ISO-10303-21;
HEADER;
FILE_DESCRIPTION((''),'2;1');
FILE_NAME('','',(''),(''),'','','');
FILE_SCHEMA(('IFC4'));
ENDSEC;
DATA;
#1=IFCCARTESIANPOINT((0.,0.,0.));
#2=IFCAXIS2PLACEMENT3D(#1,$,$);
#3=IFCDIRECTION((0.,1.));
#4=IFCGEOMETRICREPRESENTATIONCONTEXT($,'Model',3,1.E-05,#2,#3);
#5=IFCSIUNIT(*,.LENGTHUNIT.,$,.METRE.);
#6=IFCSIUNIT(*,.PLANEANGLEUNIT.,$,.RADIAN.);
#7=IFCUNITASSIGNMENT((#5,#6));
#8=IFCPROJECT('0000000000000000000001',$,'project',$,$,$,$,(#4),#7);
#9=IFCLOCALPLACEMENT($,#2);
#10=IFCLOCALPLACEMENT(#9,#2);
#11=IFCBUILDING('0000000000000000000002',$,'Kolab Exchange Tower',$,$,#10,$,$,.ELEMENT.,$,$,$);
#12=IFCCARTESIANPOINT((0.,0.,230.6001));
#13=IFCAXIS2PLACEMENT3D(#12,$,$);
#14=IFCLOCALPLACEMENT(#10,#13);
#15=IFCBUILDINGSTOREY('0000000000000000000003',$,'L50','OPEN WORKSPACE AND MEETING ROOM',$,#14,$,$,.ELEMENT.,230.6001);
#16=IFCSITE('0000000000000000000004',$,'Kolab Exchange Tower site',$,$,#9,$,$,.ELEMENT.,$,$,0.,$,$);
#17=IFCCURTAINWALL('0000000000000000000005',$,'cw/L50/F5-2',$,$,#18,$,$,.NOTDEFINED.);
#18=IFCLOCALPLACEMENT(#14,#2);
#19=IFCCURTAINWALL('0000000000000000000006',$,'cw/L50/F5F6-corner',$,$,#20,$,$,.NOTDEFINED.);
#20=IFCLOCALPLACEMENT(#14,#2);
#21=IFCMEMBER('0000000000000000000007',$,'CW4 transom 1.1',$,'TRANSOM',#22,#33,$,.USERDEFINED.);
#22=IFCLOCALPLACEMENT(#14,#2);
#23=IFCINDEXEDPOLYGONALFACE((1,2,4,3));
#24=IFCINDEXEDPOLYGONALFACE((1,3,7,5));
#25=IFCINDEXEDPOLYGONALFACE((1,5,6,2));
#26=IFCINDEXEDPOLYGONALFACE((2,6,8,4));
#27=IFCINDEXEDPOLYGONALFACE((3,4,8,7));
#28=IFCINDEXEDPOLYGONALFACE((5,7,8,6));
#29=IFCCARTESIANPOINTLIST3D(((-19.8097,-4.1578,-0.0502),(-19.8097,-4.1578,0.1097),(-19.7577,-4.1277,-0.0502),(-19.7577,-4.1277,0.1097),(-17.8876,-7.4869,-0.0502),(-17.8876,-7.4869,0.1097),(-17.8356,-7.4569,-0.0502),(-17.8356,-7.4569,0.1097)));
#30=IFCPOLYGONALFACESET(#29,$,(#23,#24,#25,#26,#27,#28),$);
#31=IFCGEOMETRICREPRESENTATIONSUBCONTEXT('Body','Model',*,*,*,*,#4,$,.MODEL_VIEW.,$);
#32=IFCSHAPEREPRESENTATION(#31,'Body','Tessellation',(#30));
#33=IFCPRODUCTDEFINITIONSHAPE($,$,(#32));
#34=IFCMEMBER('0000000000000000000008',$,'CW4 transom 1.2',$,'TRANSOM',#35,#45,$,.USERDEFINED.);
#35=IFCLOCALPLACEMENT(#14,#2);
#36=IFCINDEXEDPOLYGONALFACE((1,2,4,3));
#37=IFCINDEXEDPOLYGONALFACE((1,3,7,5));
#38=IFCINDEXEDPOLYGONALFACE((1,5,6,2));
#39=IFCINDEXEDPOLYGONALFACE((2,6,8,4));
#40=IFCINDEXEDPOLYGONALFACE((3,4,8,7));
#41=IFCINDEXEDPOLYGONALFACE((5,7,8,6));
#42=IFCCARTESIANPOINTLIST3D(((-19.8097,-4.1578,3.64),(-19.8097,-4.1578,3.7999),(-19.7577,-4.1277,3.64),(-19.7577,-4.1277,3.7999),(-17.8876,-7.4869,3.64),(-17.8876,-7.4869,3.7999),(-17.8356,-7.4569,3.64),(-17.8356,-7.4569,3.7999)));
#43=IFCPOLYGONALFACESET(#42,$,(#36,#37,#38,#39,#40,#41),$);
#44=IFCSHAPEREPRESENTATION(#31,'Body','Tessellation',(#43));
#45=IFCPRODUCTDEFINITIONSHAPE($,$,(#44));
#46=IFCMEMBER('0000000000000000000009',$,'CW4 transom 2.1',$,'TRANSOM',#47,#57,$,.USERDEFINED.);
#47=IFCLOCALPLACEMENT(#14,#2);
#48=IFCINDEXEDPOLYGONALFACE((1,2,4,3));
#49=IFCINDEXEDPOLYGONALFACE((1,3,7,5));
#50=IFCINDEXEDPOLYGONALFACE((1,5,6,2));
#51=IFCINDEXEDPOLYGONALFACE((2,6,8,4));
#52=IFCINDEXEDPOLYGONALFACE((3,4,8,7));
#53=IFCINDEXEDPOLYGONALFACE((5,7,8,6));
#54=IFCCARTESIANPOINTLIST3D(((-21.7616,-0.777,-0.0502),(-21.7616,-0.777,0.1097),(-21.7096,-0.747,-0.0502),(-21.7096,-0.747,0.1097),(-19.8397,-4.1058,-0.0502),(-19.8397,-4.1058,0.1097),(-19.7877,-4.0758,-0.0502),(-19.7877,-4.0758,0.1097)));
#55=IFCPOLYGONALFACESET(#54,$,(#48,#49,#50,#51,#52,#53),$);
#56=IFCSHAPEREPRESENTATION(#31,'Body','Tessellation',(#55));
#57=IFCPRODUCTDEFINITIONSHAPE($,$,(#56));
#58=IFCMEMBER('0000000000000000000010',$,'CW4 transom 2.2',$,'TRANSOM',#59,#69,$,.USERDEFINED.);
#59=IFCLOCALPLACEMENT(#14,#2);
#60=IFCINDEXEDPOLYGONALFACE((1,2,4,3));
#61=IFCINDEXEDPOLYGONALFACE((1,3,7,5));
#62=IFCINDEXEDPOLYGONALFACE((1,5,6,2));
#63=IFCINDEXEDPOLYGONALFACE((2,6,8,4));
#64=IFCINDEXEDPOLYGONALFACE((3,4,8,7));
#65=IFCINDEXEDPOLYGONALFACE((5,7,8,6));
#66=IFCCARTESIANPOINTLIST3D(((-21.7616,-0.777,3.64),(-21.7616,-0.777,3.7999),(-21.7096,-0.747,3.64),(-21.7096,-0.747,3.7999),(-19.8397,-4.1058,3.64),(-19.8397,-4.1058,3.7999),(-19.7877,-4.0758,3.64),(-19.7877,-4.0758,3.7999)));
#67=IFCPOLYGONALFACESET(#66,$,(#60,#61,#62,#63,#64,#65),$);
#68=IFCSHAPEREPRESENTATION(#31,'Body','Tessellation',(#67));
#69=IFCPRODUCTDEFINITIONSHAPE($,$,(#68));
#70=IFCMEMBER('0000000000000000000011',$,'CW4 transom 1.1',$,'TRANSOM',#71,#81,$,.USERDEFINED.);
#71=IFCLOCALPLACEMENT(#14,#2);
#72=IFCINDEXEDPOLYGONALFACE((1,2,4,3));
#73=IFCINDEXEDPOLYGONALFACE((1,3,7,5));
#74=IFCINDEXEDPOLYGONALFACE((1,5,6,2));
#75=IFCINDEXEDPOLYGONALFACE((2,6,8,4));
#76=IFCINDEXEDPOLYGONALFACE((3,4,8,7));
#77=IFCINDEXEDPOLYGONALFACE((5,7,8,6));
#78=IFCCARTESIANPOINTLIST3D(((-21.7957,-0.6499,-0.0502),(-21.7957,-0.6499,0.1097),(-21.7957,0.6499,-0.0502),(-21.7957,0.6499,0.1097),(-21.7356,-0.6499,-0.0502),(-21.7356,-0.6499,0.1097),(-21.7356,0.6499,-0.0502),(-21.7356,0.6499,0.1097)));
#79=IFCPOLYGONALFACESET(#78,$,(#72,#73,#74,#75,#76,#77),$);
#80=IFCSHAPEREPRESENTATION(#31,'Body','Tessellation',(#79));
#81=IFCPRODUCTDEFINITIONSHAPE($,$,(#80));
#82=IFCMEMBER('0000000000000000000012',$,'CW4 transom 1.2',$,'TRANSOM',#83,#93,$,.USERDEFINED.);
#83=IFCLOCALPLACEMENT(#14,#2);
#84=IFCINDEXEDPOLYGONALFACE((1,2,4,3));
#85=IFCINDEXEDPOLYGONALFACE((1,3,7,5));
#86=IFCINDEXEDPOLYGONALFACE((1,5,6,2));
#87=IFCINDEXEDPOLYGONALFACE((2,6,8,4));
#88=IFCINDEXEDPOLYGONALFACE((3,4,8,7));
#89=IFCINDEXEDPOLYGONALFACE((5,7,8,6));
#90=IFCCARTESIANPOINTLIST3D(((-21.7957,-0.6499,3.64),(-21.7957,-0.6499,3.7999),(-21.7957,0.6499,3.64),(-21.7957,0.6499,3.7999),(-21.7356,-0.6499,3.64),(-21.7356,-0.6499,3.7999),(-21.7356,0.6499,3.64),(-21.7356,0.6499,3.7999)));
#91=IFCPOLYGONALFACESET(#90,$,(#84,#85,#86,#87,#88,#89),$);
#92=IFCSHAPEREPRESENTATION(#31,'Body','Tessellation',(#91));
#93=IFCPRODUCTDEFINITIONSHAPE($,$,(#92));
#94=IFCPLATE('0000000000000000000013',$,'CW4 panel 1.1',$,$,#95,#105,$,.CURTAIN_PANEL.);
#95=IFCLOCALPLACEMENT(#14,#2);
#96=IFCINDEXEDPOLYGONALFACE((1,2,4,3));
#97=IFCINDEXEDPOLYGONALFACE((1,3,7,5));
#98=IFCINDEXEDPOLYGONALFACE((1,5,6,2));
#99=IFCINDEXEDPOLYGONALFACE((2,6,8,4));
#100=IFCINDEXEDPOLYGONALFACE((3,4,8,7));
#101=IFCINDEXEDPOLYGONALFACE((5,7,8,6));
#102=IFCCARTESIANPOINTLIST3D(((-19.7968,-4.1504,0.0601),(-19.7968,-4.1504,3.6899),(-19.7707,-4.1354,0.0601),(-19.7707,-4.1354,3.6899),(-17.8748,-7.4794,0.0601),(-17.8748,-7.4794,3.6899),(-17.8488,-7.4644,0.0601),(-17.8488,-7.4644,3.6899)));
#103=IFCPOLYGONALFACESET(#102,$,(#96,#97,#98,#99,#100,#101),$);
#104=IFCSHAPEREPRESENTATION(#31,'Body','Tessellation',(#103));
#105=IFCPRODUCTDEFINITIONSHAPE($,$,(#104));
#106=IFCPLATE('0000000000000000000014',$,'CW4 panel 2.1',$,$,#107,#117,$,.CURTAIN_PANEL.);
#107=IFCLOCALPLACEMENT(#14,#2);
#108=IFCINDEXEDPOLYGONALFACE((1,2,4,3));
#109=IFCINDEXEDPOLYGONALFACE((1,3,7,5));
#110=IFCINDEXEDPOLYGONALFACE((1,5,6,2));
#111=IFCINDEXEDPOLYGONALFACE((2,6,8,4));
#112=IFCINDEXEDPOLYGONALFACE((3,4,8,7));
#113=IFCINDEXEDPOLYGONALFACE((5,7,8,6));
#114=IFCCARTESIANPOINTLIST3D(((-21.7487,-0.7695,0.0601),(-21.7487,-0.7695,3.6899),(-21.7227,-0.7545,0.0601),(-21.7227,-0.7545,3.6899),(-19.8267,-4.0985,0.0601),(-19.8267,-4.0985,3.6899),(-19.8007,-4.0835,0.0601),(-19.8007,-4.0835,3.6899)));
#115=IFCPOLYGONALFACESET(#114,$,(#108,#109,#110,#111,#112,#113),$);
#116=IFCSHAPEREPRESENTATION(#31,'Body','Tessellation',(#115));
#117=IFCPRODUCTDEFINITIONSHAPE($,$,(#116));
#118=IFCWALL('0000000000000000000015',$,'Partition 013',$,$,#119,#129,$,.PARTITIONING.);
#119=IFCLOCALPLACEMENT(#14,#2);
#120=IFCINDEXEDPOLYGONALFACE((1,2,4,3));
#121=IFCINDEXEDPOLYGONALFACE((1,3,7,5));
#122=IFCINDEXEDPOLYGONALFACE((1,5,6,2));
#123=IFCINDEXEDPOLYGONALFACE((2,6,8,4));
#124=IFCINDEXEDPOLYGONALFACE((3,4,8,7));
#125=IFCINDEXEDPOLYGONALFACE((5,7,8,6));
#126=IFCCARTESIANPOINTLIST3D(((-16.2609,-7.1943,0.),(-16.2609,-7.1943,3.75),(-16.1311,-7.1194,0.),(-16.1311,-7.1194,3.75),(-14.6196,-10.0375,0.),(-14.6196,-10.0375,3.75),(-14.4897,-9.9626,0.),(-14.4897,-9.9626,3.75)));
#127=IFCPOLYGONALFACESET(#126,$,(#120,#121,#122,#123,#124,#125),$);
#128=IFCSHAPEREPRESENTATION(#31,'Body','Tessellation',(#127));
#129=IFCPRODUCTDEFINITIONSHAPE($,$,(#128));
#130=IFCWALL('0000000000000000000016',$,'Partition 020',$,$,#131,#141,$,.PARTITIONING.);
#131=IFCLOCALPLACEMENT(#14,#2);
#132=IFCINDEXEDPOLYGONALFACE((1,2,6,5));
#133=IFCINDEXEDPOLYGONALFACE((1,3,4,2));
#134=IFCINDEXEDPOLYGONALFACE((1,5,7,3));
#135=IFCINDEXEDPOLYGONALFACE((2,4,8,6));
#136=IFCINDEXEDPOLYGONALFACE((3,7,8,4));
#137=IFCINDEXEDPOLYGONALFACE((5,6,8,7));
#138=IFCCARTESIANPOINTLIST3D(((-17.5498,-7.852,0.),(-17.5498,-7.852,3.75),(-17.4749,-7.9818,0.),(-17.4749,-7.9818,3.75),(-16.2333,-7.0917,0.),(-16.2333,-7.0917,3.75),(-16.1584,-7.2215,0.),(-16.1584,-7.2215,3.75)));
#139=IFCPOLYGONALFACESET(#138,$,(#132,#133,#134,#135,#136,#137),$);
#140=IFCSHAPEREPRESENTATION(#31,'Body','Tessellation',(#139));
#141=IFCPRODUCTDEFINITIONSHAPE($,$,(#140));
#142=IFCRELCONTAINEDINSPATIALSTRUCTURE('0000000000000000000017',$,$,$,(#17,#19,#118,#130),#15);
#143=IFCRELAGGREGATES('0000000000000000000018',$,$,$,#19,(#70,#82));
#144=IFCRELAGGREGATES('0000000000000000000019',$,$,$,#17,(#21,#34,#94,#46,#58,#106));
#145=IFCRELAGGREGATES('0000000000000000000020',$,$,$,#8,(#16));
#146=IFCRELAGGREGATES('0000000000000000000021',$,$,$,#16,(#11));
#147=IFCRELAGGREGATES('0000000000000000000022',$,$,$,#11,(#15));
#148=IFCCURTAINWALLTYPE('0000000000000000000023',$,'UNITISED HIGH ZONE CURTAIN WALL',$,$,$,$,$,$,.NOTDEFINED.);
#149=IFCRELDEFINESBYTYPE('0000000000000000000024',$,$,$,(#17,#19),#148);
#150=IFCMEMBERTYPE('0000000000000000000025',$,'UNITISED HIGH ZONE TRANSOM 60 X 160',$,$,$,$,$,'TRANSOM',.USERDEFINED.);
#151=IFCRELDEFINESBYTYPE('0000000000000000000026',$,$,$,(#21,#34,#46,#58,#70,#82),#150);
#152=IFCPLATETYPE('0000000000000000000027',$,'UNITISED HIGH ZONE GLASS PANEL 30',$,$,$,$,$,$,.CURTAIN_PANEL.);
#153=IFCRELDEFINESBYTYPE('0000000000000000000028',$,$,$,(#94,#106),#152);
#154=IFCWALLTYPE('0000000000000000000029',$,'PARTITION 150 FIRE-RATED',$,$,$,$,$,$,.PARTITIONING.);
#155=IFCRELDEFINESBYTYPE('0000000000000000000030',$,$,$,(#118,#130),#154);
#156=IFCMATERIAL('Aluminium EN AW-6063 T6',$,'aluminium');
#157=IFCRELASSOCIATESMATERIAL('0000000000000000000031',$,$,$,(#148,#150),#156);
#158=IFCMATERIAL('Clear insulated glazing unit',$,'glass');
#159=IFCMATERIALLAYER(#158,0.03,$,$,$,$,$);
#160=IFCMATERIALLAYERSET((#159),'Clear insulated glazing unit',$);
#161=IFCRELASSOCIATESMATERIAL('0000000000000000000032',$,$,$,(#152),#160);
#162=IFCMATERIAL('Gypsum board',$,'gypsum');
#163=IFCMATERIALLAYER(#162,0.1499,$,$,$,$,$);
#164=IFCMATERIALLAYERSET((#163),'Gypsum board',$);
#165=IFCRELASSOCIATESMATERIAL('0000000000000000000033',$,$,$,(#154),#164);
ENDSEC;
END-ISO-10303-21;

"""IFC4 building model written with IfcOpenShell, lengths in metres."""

from ifc_helpers import new_model, si_unit, direction, frame, frame_2d, origin, origin_2d, place, context, subcontext, project, spatial, rectangle, extrude, material, layer, layer_set, material_profile, profile_set, type_object, element, aggregate, save


model = new_model("IFC4")

# Units and contexts
model_context = context("Model", 3, precision=1e-05, world=origin(), true_north=direction((0.0, 1.0)))
body_context = subcontext(model_context, "Body", "Model", "MODEL_VIEW")
ifc_project = project(units=[si_unit("LENGTHUNIT", "METRE"), si_unit("PLANEANGLEUNIT", "RADIAN")], contexts=[model_context])

# Site, building, storey
site_placement = place(None, origin())
site = spatial("IfcSite", under=ifc_project, at=site_placement, Name="Kolab Exchange Tower site", CompositionType="ELEMENT", RefElevation=0.0)
building_placement = place(site_placement, origin())
building = spatial("IfcBuilding", under=site, at=building_placement, Name="Kolab Exchange Tower", CompositionType="ELEMENT")
storey_placement = place(building_placement, frame((0.0, 0.0, 230.6001)))
storey = spatial("IfcBuildingStorey", under=building, at=storey_placement, Name="L50", Description="OPEN WORKSPACE AND MEETING ROOM", CompositionType="ELEMENT", Elevation=230.6001)

# Curtain wall
ifc_material_1 = material(Name="Aluminium EN AW-6063 T6", Category="aluminium")
curtain_wall_type = type_object("IfcCurtainWallType", Name="UNITISED HIGH ZONE CURTAIN WALL", PredefinedType="NOTDEFINED", material=ifc_material_1)
curtain_wall_1_placement = place(storey_placement, origin())
curtain_wall_1 = element("IfcCurtainWall", 1, at=curtain_wall_1_placement, inside=storey, type_object=curtain_wall_type, Name="cw/L50/F5-2", PredefinedType="NOTDEFINED")

# Curtain wall
curtain_wall_2_placement = place(storey_placement, origin())
curtain_wall_2 = element("IfcCurtainWall", 2, at=curtain_wall_2_placement, inside=storey, type_object=curtain_wall_type, Name="cw/L50/F5F6-corner", PredefinedType="NOTDEFINED")

# Members
ifc_material_profile_1 = material_profile(ifc_material_1, rectangle(XDim=0.0601, YDim=0.1599, at=origin_2d()), Name="RECT 60X160")
ifc_profile_set_1 = profile_set([ifc_material_profile_1], Name="Aluminium EN AW-6063 T6")
member_type_1 = type_object("IfcMemberType", Name="UNITISED HIGH ZONE TRANSOM 60 X 160", ElementType="TRANSOM", PredefinedType="USERDEFINED", material=ifc_profile_set_1)
member_1_placement = place(storey_placement, frame((-17.8616, -7.4719, 0.0298), z_axis=(-0.500012, 0.866018, 0.0), x_axis=(-0.866018, -0.500012, 0.0)))
member_1 = element("IfcMember", 3, at=member_1_placement, type_object=member_type_1, Name="CW4 transom 1.1", ObjectType="TRANSOM", PredefinedType="USERDEFINED", context=body_context, shape_type="SweptSolid", body=[
    extrude(rectangle(XDim=0.0601, YDim=0.1599, at=origin_2d()), origin(), (0.0, 0.0, 1.0), 3.8442),
])
member_2_placement = place(storey_placement, frame((-17.8616, -7.4719, 3.72), z_axis=(-0.500012, 0.866018, 0.0), x_axis=(-0.866018, -0.500012, 0.0)))
member_2 = element("IfcMember", 4, at=member_2_placement, type_object=member_type_1, Name="CW4 transom 1.2", ObjectType="TRANSOM", PredefinedType="USERDEFINED", context=body_context, shape_type="SweptSolid", body=[
    extrude(rectangle(XDim=0.0601, YDim=0.1599, at=origin_2d()), origin(), (0.0, 0.0, 1.0), 3.8442),
])
member_3_placement = place(storey_placement, frame((-19.8137, -4.0908, 0.0298), z_axis=(-0.499992, 0.86603, 0.0), x_axis=(-0.86603, -0.499992, 0.0)))
member_3 = element("IfcMember", 5, at=member_3_placement, type_object=member_type_1, Name="CW4 transom 2.1", ObjectType="TRANSOM", PredefinedType="USERDEFINED", context=body_context, shape_type="SweptSolid", body=[
    extrude(rectangle(XDim=0.0601, YDim=0.1599, at=origin_2d()), origin(), (0.0, 0.0, 1.0), 3.8438),
])
member_4_placement = place(storey_placement, frame((-19.8137, -4.0908, 3.72), z_axis=(-0.499992, 0.86603, 0.0), x_axis=(-0.86603, -0.499992, 0.0)))
member_4 = element("IfcMember", 6, at=member_4_placement, type_object=member_type_1, Name="CW4 transom 2.2", ObjectType="TRANSOM", PredefinedType="USERDEFINED", context=body_context, shape_type="SweptSolid", body=[
    extrude(rectangle(XDim=0.0601, YDim=0.1599, at=origin_2d()), origin(), (0.0, 0.0, 1.0), 3.8438),
])
member_5_placement = place(storey_placement, frame((-21.7656, -0.6499, 0.0298), z_axis=(0.0, 1.0, 0.0), x_axis=(-1.0, 0.0, 0.0)))
member_5 = element("IfcMember", 7, at=member_5_placement, type_object=member_type_1, Name="CW4 transom 1.1", ObjectType="TRANSOM", PredefinedType="USERDEFINED", context=body_context, shape_type="SweptSolid", body=[
    extrude(rectangle(XDim=0.0601, YDim=0.1599, at=origin_2d()), origin(), (0.0, 0.0, 1.0), 1.2998),
])
member_6_placement = place(storey_placement, frame((-21.7656, -0.6499, 3.72), z_axis=(0.0, 1.0, 0.0), x_axis=(-1.0, 0.0, 0.0)))
member_6 = element("IfcMember", 8, at=member_6_placement, type_object=member_type_1, Name="CW4 transom 1.2", ObjectType="TRANSOM", PredefinedType="USERDEFINED", context=body_context, shape_type="SweptSolid", body=[
    extrude(rectangle(XDim=0.0601, YDim=0.1599, at=origin_2d()), origin(), (0.0, 0.0, 1.0), 1.2998),
])
aggregate(curtain_wall_2, [member_5, member_6])

# Plates
ifc_material_2 = material(Name="Clear insulated glazing unit", Category="glass")
ifc_layer_1 = layer(ifc_material_2, 0.03)
ifc_layer_set_1 = layer_set([ifc_layer_1], Name="Clear insulated glazing unit")
plate_type = type_object("IfcPlateType", Name="UNITISED HIGH ZONE GLASS PANEL 30", PredefinedType="CURTAIN_PANEL", material=ifc_layer_set_1)
plate_1_placement = place(storey_placement, frame((-18.8228, -5.8074, 0.0601), z_axis=(0.0, 0.0, 1.0), x_axis=(-0.5, 0.866025, 0.0)))
plate_1 = element("IfcPlate", 9, at=plate_1_placement, type_object=plate_type, Name="CW4 panel 1.1", PredefinedType="CURTAIN_PANEL", context=body_context, shape_type="SweptSolid", body=[
    extrude(rectangle(XDim=3.844, YDim=0.03, at=origin_2d()), origin(), (0.0, 0.0, 1.0), 3.6299),
])
plate_2_placement = place(storey_placement, frame((-20.7747, -2.4265, 0.0601), z_axis=(0.0, 0.0, 1.0), x_axis=(-0.5, 0.866025, 0.0)))
plate_2 = element("IfcPlate", 10, at=plate_2_placement, type_object=plate_type, Name="CW4 panel 2.1", PredefinedType="CURTAIN_PANEL", context=body_context, shape_type="SweptSolid", body=[
    extrude(rectangle(XDim=3.844, YDim=0.03, at=origin_2d()), origin(), (0.0, 0.0, 1.0), 3.6299),
])
aggregate(curtain_wall_1, [member_1, member_2, plate_1, member_3, member_4, plate_2])

# Walls
ifc_material_3 = material(Name="Gypsum board", Category="gypsum")
ifc_layer_2 = layer(ifc_material_3, 0.1499)
ifc_layer_set_2 = layer_set([ifc_layer_2], Name="Gypsum board")
wall_type = type_object("IfcWallType", Name="PARTITION 150 FIRE-RATED", PredefinedType="PARTITIONING", material=ifc_layer_set_2)
wall_1_placement = place(storey_placement, frame((-16.196, -7.1567, 0.0), z_axis=(0.0, 0.0, 1.0), x_axis=(0.499954, -0.866052, 0.0)))
element("IfcWall", 11, at=wall_1_placement, inside=storey, type_object=wall_type, Name="Partition 013", PredefinedType="PARTITIONING", context=body_context, shape_type="SweptSolid", body=[
    extrude(rectangle(XDim=3.283, YDim=0.1499, at=frame_2d((1.6416, 0.0))), origin(), (0.0, 0.0, 1.0), 3.75),
])
wall_2_placement = place(storey_placement, frame((-17.5125, -7.917, 0.0), z_axis=(0.0, 0.0, 1.0), x_axis=(0.865961, 0.500112, 0.0)))
element("IfcWall", 12, at=wall_2_placement, inside=storey, type_object=wall_type, Name="Partition 020", PredefinedType="PARTITIONING", context=body_context, shape_type="SweptSolid", body=[
    extrude(rectangle(XDim=1.5203, YDim=0.1499, at=frame_2d((0.7603, 0.0))), origin(), (0.0, 0.0, 1.0), 3.75),
])

save(model, "model.ifc")
